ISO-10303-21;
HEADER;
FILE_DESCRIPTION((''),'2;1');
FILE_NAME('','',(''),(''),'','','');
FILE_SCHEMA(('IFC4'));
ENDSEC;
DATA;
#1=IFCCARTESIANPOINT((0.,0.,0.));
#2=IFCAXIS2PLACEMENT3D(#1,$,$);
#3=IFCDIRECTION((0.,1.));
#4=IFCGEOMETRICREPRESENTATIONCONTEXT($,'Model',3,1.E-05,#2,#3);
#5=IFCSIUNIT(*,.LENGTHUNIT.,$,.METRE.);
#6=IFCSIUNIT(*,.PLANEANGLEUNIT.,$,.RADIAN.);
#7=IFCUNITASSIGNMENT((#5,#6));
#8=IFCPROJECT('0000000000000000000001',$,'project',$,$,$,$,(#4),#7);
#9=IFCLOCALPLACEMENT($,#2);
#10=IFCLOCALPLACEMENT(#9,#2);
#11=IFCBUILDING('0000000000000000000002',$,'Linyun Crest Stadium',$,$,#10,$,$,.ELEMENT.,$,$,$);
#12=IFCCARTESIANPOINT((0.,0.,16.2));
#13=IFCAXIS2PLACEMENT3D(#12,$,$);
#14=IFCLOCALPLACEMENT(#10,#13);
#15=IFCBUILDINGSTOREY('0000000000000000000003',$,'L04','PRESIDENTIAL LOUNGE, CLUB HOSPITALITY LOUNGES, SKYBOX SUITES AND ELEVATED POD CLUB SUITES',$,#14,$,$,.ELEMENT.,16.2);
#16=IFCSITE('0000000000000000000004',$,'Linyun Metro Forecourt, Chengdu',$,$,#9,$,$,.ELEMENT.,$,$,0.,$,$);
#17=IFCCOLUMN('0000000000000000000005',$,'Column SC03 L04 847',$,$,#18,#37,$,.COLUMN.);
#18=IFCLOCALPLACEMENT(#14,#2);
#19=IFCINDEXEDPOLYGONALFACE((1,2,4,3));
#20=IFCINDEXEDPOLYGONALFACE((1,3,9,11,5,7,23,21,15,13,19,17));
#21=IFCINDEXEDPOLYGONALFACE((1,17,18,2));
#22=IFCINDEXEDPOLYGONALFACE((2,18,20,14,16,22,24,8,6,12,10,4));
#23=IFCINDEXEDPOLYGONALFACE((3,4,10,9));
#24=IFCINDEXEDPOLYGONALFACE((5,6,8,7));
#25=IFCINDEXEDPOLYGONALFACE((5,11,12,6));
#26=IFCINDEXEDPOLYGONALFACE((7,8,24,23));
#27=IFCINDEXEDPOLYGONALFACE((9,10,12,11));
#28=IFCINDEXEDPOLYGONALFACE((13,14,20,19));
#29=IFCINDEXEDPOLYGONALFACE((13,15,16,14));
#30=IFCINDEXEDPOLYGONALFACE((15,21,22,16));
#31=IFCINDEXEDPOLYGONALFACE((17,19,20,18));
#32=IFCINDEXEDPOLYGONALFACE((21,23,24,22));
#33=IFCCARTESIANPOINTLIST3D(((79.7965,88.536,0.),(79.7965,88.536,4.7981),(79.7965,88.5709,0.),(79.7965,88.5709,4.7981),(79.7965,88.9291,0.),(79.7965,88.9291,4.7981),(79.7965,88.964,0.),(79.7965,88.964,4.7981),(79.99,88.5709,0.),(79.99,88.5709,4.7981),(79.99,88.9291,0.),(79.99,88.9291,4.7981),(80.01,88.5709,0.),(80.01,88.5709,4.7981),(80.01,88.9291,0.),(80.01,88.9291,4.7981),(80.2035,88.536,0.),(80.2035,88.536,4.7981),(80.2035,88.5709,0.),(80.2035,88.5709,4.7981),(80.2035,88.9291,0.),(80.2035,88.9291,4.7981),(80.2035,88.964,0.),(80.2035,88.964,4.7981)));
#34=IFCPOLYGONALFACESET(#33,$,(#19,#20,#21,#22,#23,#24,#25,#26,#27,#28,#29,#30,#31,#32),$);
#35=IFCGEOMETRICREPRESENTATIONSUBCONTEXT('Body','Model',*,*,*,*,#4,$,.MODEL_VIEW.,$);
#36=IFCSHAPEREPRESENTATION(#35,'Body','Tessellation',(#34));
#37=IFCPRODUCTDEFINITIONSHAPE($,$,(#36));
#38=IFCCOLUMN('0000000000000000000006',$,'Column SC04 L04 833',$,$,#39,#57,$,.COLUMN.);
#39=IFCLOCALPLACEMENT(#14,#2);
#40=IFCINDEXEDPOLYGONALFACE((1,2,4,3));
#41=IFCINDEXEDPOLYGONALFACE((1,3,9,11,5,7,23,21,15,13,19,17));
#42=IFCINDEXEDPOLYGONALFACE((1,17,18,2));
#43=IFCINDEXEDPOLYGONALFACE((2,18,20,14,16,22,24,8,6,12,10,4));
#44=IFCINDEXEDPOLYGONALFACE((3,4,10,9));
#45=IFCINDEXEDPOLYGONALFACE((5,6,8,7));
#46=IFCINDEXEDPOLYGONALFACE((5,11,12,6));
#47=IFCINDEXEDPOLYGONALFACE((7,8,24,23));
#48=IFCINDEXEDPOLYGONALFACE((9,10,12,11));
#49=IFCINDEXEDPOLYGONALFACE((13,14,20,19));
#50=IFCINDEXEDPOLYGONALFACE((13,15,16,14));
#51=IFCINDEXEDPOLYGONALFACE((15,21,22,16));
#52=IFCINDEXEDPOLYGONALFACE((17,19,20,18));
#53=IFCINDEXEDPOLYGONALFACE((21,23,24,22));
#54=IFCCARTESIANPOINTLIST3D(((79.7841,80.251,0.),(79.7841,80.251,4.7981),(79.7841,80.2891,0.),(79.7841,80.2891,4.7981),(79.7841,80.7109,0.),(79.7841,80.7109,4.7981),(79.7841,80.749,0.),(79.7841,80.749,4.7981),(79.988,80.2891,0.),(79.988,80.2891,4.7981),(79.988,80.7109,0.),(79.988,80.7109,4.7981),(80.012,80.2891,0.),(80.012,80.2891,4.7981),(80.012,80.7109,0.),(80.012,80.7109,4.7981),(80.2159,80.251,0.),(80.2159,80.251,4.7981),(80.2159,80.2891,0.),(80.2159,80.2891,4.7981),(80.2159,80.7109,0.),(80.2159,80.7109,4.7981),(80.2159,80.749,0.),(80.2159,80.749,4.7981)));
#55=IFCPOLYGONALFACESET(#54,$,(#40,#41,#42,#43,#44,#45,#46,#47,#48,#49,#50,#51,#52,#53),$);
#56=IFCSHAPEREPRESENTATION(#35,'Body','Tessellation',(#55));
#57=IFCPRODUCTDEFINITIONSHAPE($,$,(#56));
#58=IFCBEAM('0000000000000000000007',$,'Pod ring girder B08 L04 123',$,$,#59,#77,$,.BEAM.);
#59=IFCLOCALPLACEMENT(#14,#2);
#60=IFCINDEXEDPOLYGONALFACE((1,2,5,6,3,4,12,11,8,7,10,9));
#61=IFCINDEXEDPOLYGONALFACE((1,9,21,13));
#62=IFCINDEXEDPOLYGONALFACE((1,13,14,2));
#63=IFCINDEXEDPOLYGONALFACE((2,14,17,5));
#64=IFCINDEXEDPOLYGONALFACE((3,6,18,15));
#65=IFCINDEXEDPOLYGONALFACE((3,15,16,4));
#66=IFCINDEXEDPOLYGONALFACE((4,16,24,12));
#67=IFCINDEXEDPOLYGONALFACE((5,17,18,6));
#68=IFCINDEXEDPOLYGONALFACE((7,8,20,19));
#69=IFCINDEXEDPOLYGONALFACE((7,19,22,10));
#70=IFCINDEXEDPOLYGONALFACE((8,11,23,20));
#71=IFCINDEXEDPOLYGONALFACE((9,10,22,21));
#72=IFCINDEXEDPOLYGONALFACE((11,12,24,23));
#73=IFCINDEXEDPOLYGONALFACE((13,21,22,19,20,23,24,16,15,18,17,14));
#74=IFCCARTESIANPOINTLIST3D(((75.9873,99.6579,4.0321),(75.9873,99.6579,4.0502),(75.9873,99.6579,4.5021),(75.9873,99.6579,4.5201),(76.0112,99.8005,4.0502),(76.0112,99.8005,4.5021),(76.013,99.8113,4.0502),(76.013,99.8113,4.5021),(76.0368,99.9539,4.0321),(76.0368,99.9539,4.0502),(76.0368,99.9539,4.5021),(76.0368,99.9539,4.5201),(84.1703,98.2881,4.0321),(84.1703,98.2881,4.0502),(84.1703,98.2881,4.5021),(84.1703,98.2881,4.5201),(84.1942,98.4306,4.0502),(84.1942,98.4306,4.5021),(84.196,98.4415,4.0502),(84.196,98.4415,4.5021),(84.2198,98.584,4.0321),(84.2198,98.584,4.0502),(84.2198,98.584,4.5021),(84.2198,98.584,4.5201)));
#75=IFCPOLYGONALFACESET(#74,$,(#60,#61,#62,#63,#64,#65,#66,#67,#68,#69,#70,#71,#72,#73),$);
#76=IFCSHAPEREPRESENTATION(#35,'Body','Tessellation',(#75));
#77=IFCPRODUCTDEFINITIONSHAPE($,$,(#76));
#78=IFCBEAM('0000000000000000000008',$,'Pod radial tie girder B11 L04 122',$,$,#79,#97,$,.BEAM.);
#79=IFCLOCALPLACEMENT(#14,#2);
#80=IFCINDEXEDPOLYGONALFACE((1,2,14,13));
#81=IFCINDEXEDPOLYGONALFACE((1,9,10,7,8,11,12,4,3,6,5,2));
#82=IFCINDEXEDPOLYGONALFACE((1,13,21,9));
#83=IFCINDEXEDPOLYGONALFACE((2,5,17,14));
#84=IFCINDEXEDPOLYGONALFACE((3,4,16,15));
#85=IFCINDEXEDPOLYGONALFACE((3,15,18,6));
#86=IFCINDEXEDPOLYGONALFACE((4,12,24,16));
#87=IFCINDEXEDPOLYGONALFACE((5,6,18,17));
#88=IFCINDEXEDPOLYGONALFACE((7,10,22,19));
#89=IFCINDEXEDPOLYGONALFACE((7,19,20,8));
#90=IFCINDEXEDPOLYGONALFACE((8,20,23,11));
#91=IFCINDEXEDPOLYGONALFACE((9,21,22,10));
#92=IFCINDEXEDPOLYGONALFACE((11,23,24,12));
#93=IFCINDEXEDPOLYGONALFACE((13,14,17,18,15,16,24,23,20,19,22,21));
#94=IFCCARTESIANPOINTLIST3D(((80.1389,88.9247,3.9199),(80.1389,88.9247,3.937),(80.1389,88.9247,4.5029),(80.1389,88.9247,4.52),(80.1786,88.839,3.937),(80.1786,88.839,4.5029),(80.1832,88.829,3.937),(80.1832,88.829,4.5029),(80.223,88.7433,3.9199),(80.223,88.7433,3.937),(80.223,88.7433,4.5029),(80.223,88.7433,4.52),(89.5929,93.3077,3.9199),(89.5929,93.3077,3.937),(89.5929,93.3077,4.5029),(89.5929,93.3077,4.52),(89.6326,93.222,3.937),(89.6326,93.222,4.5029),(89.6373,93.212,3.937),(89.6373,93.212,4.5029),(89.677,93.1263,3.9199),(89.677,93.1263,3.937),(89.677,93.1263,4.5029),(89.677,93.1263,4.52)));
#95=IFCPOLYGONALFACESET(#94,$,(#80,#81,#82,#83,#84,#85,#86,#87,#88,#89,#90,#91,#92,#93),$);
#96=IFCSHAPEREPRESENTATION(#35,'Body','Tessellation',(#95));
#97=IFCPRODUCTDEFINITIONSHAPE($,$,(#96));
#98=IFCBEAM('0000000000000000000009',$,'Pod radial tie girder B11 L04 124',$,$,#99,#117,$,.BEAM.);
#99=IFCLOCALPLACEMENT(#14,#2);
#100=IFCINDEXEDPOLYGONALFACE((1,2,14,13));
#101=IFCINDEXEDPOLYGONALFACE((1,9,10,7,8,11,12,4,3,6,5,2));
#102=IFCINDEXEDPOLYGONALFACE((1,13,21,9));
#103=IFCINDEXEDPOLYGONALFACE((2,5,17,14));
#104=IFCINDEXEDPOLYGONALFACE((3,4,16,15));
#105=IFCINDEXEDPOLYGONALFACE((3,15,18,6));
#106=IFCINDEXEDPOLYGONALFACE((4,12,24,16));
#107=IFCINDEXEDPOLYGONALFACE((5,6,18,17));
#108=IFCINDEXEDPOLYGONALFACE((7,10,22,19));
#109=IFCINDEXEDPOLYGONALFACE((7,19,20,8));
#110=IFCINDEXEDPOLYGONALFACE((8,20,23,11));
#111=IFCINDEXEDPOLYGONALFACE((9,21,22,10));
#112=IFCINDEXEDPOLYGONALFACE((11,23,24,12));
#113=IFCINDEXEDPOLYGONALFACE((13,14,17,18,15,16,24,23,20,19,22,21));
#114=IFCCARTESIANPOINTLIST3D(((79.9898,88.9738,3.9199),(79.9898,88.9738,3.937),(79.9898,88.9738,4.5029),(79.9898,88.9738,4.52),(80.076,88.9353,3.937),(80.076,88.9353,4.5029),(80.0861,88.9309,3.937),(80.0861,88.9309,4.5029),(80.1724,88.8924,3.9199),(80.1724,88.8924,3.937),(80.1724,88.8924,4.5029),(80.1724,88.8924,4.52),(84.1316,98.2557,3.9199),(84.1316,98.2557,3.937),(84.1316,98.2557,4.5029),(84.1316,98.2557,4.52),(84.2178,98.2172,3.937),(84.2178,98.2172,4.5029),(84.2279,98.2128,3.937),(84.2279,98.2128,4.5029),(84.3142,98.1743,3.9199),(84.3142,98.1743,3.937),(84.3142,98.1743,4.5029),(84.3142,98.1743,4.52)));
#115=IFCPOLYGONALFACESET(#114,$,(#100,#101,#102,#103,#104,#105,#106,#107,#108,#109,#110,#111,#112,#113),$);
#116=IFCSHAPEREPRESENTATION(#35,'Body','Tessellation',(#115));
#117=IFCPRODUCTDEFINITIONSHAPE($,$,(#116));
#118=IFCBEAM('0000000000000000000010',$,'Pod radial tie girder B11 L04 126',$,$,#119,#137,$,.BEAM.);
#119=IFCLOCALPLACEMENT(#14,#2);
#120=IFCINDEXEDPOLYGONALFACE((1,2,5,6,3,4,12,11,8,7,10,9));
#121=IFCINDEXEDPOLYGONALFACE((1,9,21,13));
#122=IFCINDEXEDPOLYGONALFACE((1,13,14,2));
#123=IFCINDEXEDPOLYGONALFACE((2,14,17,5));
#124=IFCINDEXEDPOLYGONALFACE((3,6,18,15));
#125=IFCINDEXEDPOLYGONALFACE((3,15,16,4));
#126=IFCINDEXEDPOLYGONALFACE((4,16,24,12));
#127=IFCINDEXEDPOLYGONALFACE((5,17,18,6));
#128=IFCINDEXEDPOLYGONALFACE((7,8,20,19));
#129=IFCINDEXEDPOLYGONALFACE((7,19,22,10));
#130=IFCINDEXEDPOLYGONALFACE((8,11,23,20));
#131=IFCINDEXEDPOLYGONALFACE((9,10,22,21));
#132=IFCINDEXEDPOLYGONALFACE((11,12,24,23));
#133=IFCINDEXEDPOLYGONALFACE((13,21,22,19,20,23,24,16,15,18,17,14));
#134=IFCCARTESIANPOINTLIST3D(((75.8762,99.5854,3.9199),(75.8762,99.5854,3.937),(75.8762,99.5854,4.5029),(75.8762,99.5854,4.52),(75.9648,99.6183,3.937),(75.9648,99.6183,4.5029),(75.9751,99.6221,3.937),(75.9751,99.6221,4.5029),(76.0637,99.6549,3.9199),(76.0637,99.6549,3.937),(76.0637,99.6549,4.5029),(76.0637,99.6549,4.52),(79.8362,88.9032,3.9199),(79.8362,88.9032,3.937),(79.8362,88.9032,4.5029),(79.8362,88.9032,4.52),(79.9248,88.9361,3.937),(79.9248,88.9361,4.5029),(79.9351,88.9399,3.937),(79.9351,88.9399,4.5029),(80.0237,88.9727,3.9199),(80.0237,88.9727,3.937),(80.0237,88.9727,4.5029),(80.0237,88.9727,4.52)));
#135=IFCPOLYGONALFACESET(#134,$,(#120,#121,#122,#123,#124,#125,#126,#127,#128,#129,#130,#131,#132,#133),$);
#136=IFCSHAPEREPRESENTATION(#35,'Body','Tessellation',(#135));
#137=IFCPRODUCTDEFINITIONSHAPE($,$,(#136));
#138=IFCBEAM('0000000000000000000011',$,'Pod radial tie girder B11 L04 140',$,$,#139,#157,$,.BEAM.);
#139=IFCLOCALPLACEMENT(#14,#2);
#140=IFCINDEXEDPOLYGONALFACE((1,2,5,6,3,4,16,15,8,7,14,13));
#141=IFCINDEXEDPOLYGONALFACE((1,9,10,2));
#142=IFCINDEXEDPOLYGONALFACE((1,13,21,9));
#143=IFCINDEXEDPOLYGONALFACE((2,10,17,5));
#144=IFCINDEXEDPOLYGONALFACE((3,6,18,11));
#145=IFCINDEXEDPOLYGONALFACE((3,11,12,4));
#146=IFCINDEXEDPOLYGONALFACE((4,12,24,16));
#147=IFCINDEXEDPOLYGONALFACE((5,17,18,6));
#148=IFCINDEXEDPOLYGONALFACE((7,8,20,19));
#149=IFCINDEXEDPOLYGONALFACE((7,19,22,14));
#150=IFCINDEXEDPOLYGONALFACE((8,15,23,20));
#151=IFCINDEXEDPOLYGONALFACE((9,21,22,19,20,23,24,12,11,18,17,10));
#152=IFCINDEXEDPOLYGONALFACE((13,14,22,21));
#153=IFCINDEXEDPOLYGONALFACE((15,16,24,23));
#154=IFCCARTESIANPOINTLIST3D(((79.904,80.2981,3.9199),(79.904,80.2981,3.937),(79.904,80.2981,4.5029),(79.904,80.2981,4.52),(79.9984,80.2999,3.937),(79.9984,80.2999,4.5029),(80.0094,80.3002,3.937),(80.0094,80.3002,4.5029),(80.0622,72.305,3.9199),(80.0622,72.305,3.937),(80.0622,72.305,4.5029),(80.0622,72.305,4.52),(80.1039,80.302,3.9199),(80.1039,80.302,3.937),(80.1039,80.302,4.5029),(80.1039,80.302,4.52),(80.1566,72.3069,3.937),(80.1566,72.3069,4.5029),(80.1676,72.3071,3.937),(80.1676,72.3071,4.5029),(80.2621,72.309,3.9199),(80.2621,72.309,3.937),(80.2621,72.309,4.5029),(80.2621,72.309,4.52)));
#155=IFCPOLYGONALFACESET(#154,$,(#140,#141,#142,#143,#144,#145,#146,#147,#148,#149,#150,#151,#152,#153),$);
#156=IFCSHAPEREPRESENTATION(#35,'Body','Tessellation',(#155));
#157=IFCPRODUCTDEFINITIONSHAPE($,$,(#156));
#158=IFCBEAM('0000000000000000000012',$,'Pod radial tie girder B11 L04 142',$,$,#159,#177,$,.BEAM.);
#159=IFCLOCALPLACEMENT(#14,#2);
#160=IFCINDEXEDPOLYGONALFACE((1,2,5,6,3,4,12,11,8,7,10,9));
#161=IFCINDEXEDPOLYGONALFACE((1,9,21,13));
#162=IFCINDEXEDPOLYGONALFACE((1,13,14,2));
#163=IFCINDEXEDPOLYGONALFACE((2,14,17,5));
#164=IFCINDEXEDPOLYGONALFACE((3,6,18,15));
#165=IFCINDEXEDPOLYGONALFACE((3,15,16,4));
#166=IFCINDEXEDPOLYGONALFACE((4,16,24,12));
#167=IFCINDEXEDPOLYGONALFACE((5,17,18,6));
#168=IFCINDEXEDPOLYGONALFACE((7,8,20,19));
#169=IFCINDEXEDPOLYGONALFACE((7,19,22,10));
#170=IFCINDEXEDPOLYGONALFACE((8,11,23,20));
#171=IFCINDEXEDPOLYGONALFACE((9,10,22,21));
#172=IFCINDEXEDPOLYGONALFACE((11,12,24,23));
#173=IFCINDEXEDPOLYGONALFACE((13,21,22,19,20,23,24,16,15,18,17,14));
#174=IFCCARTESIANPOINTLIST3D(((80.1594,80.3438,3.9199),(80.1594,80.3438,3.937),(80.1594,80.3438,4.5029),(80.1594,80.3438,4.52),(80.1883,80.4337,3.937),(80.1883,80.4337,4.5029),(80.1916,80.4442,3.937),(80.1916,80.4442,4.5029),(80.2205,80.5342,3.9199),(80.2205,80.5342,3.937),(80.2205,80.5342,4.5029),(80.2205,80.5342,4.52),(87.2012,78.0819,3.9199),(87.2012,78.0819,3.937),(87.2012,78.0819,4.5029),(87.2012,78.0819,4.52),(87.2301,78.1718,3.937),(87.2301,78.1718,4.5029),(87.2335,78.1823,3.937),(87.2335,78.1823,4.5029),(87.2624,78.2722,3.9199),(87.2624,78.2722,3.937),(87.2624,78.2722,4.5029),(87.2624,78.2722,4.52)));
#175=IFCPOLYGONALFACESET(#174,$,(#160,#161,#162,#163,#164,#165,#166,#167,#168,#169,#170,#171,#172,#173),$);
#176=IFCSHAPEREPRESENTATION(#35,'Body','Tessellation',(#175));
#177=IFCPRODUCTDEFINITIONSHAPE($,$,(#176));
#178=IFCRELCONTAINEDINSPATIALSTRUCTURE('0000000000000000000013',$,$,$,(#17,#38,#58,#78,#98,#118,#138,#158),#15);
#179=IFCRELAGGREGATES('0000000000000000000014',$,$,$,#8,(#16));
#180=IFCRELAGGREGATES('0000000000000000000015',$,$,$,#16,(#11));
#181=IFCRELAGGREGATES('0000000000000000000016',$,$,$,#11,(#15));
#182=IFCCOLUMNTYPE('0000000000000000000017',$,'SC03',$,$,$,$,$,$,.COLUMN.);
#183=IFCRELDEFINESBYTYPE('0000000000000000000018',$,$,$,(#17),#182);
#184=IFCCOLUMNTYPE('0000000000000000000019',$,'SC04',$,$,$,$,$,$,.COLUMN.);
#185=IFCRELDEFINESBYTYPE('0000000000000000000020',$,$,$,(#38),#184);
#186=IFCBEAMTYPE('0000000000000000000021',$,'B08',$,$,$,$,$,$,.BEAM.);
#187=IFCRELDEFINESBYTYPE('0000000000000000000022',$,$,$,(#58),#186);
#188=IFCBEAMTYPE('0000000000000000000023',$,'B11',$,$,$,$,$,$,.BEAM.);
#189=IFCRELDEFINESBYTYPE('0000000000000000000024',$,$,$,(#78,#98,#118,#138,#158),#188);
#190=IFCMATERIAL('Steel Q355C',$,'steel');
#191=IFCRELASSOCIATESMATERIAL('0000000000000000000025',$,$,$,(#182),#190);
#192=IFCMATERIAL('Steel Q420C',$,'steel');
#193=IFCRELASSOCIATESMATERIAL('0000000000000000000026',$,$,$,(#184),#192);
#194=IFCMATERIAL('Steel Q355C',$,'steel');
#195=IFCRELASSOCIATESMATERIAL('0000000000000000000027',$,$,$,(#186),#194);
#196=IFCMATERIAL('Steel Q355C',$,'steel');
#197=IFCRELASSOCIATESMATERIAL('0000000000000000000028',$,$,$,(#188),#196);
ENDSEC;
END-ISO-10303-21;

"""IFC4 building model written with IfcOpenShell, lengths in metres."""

from ifc_helpers import new_model, si_unit, direction, frame, origin, origin_2d, place, context, subcontext, project, spatial, i_section, extrude, material, material_profile, profile_set, type_object, element, save


model = new_model("IFC4")

# Units and contexts
model_context = context("Model", 3, precision=1e-05, world=origin(), true_north=direction((0.0, 1.0)))
body_context = subcontext(model_context, "Body", "Model", "MODEL_VIEW")
ifc_project = project(units=[si_unit("LENGTHUNIT", "METRE"), si_unit("PLANEANGLEUNIT", "RADIAN")], contexts=[model_context])

# Site, building, storey
site_placement = place(None, origin())
site = spatial("IfcSite", under=ifc_project, at=site_placement, Name="Linyun Metro Forecourt, Chengdu", CompositionType="ELEMENT", RefElevation=0.0)
building_placement = place(site_placement, origin())
building = spatial("IfcBuilding", under=site, at=building_placement, Name="Linyun Crest Stadium", CompositionType="ELEMENT")
storey_placement = place(building_placement, frame((0.0, 0.0, 16.2)))
storey = spatial("IfcBuildingStorey", under=building, at=storey_placement, Name="L04", Description="PRESIDENTIAL LOUNGE, CLUB HOSPITALITY LOUNGES, SKYBOX SUITES AND ELEVATED POD CLUB SUITES", CompositionType="ELEMENT", Elevation=16.2)

# Columns
ifc_material_1 = material(Name="Steel Q355C", Category="steel")
ifc_material_profile_1 = material_profile(ifc_material_1, i_section(OverallWidth=0.407, OverallDepth=0.428, WebThickness=0.02, FlangeThickness=0.0349, at=origin_2d()), Name="HW 428x407")
ifc_profile_set_1 = profile_set([ifc_material_profile_1], Name="Steel Q355C")
column_type_1 = type_object("IfcColumnType", Name="SC03", PredefinedType="COLUMN", material=ifc_profile_set_1)
column_1_placement = place(storey_placement, frame((80.0, 88.75, 0.0), z_axis=(0.0, 0.0, 1.0), x_axis=(1.0, 0.0, 0.0)))
element("IfcColumn", 1, at=column_1_placement, inside=storey, type_object=column_type_1, Name="Column SC03 L04 847", PredefinedType="COLUMN", context=body_context, shape_type="SweptSolid", body=[
    extrude(i_section(OverallWidth=0.407, OverallDepth=0.428, WebThickness=0.02, FlangeThickness=0.0349, at=origin_2d()), origin(), (0.0, 0.0, 1.0), 4.7981),
])
ifc_material_2 = material(Name="Steel Q420C", Category="steel")
ifc_material_profile_2 = material_profile(ifc_material_2, i_section(OverallWidth=0.4319, OverallDepth=0.498, WebThickness=0.0239, FlangeThickness=0.0381, at=origin_2d()), Name="HW 498x432")
ifc_profile_set_2 = profile_set([ifc_material_profile_2], Name="Steel Q420C")
column_type_2 = type_object("IfcColumnType", Name="SC04", PredefinedType="COLUMN", material=ifc_profile_set_2)
column_2_placement = place(storey_placement, frame((80.0, 80.5, 0.0), z_axis=(0.0, 0.0, 1.0), x_axis=(1.0, 0.0, 0.0)))
element("IfcColumn", 2, at=column_2_placement, inside=storey, type_object=column_type_2, Name="Column SC04 L04 833", PredefinedType="COLUMN", context=body_context, shape_type="SweptSolid", body=[
    extrude(i_section(OverallWidth=0.4319, OverallDepth=0.498, WebThickness=0.0239, FlangeThickness=0.0381, at=origin_2d()), origin(), (0.0, 0.0, 1.0), 4.7981),
])

# Beams
ifc_material_3 = material(Name="Steel Q355C", Category="steel")
ifc_material_profile_3 = material_profile(ifc_material_3, i_section(OverallWidth=0.3, OverallDepth=0.488, WebThickness=0.011, FlangeThickness=0.0181, at=origin_2d()), Name="HM 488x300")
ifc_profile_set_3 = profile_set([ifc_material_profile_3], Name="Steel Q355C")
beam_type_1 = type_object("IfcBeamType", Name="B08", PredefinedType="BEAM", material=ifc_profile_set_3)
beam_1_placement = place(storey_placement, frame((84.1951, 98.436, 4.2761), z_axis=(-0.986276, 0.165105, 0.0), x_axis=(-0.165105, -0.986276, 0.0)))
element("IfcBeam", 3, at=beam_1_placement, inside=storey, type_object=beam_type_1, Name="Pod ring girder B08 L04 123", PredefinedType="BEAM", context=body_context, shape_type="SweptSolid", body=[
    extrude(i_section(OverallWidth=0.3, OverallDepth=0.488, WebThickness=0.011, FlangeThickness=0.0181, at=origin_2d()), origin(), (0.0, 0.0, 1.0), 8.2969),
])
ifc_material_4 = material(Name="Steel Q355C", Category="steel")
ifc_material_profile_4 = material_profile(ifc_material_4, i_section(OverallWidth=0.2, OverallDepth=0.6001, WebThickness=0.011, FlangeThickness=0.0171, at=origin_2d()), Name="HN 600x200")
ifc_profile_set_4 = profile_set([ifc_material_profile_4], Name="Steel Q355C")
beam_type_2 = type_object("IfcBeamType", Name="B11", PredefinedType="BEAM", material=ifc_profile_set_4)
beam_2_placement = place(storey_placement, frame((80.1809, 88.834, 4.22), z_axis=(0.907241, 0.42061, 0.0), x_axis=(-0.42061, 0.907241, 0.0)))
element("IfcBeam", 4, at=beam_2_placement, inside=storey, type_object=beam_type_2, Name="Pod radial tie girder B11 L04 122", PredefinedType="BEAM", context=body_context, shape_type="SweptSolid", body=[
    extrude(i_section(OverallWidth=0.2, OverallDepth=0.6001, WebThickness=0.011, FlangeThickness=0.0171, at=origin_2d()), origin(), (0.0, 0.0, 1.0), 10.4207),
])
beam_3_placement = place(storey_placement, frame((80.0811, 88.9331, 4.22), z_axis=(0.407495, 0.913207, 0.0), x_axis=(-0.913207, 0.407495, 0.0)))
element("IfcBeam", 5, at=beam_3_placement, inside=storey, type_object=beam_type_2, Name="Pod radial tie girder B11 L04 124", PredefinedType="BEAM", context=body_context, shape_type="SweptSolid", body=[
    extrude(i_section(OverallWidth=0.2, OverallDepth=0.6001, WebThickness=0.011, FlangeThickness=0.0171, at=origin_2d()), origin(), (0.0, 0.0, 1.0), 10.1641),
])
beam_4_placement = place(storey_placement, frame((79.9299, 88.938, 4.22), z_axis=(-0.347594, 0.937645, 0.0), x_axis=(-0.937645, -0.347594, 0.0)))
element("IfcBeam", 6, at=beam_4_placement, inside=storey, type_object=beam_type_2, Name="Pod radial tie girder B11 L04 126", PredefinedType="BEAM", context=body_context, shape_type="SweptSolid", body=[
    extrude(i_section(OverallWidth=0.2, OverallDepth=0.6001, WebThickness=0.011, FlangeThickness=0.0171, at=origin_2d()), origin(), (0.0, 0.0, 1.0), 11.3926),
])
beam_5_placement = place(storey_placement, frame((80.0039, 80.3, 4.22), z_axis=(0.019788, -0.999804, 0.0), x_axis=(0.999804, 0.019788, 0.0)))
element("IfcBeam", 7, at=beam_5_placement, inside=storey, type_object=beam_type_2, Name="Pod radial tie girder B11 L04 140", PredefinedType="BEAM", context=body_context, shape_type="SweptSolid", body=[
    extrude(i_section(OverallWidth=0.2, OverallDepth=0.6001, WebThickness=0.011, FlangeThickness=0.0171, at=origin_2d()), origin(), (0.0, 0.0, 1.0), 7.9946),
])
beam_6_placement = place(storey_placement, frame((80.1899, 80.439, 4.22), z_axis=(0.952089, -0.305821, 0.0), x_axis=(0.305821, 0.952089, 0.0)))
element("IfcBeam", 8, at=beam_6_placement, inside=storey, type_object=beam_type_2, Name="Pod radial tie girder B11 L04 142", PredefinedType="BEAM", context=body_context, shape_type="SweptSolid", body=[
    extrude(i_section(OverallWidth=0.2, OverallDepth=0.6001, WebThickness=0.011, FlangeThickness=0.0171, at=origin_2d()), origin(), (0.0, 0.0, 1.0), 7.3962),
])

save(model, "model.ifc")
